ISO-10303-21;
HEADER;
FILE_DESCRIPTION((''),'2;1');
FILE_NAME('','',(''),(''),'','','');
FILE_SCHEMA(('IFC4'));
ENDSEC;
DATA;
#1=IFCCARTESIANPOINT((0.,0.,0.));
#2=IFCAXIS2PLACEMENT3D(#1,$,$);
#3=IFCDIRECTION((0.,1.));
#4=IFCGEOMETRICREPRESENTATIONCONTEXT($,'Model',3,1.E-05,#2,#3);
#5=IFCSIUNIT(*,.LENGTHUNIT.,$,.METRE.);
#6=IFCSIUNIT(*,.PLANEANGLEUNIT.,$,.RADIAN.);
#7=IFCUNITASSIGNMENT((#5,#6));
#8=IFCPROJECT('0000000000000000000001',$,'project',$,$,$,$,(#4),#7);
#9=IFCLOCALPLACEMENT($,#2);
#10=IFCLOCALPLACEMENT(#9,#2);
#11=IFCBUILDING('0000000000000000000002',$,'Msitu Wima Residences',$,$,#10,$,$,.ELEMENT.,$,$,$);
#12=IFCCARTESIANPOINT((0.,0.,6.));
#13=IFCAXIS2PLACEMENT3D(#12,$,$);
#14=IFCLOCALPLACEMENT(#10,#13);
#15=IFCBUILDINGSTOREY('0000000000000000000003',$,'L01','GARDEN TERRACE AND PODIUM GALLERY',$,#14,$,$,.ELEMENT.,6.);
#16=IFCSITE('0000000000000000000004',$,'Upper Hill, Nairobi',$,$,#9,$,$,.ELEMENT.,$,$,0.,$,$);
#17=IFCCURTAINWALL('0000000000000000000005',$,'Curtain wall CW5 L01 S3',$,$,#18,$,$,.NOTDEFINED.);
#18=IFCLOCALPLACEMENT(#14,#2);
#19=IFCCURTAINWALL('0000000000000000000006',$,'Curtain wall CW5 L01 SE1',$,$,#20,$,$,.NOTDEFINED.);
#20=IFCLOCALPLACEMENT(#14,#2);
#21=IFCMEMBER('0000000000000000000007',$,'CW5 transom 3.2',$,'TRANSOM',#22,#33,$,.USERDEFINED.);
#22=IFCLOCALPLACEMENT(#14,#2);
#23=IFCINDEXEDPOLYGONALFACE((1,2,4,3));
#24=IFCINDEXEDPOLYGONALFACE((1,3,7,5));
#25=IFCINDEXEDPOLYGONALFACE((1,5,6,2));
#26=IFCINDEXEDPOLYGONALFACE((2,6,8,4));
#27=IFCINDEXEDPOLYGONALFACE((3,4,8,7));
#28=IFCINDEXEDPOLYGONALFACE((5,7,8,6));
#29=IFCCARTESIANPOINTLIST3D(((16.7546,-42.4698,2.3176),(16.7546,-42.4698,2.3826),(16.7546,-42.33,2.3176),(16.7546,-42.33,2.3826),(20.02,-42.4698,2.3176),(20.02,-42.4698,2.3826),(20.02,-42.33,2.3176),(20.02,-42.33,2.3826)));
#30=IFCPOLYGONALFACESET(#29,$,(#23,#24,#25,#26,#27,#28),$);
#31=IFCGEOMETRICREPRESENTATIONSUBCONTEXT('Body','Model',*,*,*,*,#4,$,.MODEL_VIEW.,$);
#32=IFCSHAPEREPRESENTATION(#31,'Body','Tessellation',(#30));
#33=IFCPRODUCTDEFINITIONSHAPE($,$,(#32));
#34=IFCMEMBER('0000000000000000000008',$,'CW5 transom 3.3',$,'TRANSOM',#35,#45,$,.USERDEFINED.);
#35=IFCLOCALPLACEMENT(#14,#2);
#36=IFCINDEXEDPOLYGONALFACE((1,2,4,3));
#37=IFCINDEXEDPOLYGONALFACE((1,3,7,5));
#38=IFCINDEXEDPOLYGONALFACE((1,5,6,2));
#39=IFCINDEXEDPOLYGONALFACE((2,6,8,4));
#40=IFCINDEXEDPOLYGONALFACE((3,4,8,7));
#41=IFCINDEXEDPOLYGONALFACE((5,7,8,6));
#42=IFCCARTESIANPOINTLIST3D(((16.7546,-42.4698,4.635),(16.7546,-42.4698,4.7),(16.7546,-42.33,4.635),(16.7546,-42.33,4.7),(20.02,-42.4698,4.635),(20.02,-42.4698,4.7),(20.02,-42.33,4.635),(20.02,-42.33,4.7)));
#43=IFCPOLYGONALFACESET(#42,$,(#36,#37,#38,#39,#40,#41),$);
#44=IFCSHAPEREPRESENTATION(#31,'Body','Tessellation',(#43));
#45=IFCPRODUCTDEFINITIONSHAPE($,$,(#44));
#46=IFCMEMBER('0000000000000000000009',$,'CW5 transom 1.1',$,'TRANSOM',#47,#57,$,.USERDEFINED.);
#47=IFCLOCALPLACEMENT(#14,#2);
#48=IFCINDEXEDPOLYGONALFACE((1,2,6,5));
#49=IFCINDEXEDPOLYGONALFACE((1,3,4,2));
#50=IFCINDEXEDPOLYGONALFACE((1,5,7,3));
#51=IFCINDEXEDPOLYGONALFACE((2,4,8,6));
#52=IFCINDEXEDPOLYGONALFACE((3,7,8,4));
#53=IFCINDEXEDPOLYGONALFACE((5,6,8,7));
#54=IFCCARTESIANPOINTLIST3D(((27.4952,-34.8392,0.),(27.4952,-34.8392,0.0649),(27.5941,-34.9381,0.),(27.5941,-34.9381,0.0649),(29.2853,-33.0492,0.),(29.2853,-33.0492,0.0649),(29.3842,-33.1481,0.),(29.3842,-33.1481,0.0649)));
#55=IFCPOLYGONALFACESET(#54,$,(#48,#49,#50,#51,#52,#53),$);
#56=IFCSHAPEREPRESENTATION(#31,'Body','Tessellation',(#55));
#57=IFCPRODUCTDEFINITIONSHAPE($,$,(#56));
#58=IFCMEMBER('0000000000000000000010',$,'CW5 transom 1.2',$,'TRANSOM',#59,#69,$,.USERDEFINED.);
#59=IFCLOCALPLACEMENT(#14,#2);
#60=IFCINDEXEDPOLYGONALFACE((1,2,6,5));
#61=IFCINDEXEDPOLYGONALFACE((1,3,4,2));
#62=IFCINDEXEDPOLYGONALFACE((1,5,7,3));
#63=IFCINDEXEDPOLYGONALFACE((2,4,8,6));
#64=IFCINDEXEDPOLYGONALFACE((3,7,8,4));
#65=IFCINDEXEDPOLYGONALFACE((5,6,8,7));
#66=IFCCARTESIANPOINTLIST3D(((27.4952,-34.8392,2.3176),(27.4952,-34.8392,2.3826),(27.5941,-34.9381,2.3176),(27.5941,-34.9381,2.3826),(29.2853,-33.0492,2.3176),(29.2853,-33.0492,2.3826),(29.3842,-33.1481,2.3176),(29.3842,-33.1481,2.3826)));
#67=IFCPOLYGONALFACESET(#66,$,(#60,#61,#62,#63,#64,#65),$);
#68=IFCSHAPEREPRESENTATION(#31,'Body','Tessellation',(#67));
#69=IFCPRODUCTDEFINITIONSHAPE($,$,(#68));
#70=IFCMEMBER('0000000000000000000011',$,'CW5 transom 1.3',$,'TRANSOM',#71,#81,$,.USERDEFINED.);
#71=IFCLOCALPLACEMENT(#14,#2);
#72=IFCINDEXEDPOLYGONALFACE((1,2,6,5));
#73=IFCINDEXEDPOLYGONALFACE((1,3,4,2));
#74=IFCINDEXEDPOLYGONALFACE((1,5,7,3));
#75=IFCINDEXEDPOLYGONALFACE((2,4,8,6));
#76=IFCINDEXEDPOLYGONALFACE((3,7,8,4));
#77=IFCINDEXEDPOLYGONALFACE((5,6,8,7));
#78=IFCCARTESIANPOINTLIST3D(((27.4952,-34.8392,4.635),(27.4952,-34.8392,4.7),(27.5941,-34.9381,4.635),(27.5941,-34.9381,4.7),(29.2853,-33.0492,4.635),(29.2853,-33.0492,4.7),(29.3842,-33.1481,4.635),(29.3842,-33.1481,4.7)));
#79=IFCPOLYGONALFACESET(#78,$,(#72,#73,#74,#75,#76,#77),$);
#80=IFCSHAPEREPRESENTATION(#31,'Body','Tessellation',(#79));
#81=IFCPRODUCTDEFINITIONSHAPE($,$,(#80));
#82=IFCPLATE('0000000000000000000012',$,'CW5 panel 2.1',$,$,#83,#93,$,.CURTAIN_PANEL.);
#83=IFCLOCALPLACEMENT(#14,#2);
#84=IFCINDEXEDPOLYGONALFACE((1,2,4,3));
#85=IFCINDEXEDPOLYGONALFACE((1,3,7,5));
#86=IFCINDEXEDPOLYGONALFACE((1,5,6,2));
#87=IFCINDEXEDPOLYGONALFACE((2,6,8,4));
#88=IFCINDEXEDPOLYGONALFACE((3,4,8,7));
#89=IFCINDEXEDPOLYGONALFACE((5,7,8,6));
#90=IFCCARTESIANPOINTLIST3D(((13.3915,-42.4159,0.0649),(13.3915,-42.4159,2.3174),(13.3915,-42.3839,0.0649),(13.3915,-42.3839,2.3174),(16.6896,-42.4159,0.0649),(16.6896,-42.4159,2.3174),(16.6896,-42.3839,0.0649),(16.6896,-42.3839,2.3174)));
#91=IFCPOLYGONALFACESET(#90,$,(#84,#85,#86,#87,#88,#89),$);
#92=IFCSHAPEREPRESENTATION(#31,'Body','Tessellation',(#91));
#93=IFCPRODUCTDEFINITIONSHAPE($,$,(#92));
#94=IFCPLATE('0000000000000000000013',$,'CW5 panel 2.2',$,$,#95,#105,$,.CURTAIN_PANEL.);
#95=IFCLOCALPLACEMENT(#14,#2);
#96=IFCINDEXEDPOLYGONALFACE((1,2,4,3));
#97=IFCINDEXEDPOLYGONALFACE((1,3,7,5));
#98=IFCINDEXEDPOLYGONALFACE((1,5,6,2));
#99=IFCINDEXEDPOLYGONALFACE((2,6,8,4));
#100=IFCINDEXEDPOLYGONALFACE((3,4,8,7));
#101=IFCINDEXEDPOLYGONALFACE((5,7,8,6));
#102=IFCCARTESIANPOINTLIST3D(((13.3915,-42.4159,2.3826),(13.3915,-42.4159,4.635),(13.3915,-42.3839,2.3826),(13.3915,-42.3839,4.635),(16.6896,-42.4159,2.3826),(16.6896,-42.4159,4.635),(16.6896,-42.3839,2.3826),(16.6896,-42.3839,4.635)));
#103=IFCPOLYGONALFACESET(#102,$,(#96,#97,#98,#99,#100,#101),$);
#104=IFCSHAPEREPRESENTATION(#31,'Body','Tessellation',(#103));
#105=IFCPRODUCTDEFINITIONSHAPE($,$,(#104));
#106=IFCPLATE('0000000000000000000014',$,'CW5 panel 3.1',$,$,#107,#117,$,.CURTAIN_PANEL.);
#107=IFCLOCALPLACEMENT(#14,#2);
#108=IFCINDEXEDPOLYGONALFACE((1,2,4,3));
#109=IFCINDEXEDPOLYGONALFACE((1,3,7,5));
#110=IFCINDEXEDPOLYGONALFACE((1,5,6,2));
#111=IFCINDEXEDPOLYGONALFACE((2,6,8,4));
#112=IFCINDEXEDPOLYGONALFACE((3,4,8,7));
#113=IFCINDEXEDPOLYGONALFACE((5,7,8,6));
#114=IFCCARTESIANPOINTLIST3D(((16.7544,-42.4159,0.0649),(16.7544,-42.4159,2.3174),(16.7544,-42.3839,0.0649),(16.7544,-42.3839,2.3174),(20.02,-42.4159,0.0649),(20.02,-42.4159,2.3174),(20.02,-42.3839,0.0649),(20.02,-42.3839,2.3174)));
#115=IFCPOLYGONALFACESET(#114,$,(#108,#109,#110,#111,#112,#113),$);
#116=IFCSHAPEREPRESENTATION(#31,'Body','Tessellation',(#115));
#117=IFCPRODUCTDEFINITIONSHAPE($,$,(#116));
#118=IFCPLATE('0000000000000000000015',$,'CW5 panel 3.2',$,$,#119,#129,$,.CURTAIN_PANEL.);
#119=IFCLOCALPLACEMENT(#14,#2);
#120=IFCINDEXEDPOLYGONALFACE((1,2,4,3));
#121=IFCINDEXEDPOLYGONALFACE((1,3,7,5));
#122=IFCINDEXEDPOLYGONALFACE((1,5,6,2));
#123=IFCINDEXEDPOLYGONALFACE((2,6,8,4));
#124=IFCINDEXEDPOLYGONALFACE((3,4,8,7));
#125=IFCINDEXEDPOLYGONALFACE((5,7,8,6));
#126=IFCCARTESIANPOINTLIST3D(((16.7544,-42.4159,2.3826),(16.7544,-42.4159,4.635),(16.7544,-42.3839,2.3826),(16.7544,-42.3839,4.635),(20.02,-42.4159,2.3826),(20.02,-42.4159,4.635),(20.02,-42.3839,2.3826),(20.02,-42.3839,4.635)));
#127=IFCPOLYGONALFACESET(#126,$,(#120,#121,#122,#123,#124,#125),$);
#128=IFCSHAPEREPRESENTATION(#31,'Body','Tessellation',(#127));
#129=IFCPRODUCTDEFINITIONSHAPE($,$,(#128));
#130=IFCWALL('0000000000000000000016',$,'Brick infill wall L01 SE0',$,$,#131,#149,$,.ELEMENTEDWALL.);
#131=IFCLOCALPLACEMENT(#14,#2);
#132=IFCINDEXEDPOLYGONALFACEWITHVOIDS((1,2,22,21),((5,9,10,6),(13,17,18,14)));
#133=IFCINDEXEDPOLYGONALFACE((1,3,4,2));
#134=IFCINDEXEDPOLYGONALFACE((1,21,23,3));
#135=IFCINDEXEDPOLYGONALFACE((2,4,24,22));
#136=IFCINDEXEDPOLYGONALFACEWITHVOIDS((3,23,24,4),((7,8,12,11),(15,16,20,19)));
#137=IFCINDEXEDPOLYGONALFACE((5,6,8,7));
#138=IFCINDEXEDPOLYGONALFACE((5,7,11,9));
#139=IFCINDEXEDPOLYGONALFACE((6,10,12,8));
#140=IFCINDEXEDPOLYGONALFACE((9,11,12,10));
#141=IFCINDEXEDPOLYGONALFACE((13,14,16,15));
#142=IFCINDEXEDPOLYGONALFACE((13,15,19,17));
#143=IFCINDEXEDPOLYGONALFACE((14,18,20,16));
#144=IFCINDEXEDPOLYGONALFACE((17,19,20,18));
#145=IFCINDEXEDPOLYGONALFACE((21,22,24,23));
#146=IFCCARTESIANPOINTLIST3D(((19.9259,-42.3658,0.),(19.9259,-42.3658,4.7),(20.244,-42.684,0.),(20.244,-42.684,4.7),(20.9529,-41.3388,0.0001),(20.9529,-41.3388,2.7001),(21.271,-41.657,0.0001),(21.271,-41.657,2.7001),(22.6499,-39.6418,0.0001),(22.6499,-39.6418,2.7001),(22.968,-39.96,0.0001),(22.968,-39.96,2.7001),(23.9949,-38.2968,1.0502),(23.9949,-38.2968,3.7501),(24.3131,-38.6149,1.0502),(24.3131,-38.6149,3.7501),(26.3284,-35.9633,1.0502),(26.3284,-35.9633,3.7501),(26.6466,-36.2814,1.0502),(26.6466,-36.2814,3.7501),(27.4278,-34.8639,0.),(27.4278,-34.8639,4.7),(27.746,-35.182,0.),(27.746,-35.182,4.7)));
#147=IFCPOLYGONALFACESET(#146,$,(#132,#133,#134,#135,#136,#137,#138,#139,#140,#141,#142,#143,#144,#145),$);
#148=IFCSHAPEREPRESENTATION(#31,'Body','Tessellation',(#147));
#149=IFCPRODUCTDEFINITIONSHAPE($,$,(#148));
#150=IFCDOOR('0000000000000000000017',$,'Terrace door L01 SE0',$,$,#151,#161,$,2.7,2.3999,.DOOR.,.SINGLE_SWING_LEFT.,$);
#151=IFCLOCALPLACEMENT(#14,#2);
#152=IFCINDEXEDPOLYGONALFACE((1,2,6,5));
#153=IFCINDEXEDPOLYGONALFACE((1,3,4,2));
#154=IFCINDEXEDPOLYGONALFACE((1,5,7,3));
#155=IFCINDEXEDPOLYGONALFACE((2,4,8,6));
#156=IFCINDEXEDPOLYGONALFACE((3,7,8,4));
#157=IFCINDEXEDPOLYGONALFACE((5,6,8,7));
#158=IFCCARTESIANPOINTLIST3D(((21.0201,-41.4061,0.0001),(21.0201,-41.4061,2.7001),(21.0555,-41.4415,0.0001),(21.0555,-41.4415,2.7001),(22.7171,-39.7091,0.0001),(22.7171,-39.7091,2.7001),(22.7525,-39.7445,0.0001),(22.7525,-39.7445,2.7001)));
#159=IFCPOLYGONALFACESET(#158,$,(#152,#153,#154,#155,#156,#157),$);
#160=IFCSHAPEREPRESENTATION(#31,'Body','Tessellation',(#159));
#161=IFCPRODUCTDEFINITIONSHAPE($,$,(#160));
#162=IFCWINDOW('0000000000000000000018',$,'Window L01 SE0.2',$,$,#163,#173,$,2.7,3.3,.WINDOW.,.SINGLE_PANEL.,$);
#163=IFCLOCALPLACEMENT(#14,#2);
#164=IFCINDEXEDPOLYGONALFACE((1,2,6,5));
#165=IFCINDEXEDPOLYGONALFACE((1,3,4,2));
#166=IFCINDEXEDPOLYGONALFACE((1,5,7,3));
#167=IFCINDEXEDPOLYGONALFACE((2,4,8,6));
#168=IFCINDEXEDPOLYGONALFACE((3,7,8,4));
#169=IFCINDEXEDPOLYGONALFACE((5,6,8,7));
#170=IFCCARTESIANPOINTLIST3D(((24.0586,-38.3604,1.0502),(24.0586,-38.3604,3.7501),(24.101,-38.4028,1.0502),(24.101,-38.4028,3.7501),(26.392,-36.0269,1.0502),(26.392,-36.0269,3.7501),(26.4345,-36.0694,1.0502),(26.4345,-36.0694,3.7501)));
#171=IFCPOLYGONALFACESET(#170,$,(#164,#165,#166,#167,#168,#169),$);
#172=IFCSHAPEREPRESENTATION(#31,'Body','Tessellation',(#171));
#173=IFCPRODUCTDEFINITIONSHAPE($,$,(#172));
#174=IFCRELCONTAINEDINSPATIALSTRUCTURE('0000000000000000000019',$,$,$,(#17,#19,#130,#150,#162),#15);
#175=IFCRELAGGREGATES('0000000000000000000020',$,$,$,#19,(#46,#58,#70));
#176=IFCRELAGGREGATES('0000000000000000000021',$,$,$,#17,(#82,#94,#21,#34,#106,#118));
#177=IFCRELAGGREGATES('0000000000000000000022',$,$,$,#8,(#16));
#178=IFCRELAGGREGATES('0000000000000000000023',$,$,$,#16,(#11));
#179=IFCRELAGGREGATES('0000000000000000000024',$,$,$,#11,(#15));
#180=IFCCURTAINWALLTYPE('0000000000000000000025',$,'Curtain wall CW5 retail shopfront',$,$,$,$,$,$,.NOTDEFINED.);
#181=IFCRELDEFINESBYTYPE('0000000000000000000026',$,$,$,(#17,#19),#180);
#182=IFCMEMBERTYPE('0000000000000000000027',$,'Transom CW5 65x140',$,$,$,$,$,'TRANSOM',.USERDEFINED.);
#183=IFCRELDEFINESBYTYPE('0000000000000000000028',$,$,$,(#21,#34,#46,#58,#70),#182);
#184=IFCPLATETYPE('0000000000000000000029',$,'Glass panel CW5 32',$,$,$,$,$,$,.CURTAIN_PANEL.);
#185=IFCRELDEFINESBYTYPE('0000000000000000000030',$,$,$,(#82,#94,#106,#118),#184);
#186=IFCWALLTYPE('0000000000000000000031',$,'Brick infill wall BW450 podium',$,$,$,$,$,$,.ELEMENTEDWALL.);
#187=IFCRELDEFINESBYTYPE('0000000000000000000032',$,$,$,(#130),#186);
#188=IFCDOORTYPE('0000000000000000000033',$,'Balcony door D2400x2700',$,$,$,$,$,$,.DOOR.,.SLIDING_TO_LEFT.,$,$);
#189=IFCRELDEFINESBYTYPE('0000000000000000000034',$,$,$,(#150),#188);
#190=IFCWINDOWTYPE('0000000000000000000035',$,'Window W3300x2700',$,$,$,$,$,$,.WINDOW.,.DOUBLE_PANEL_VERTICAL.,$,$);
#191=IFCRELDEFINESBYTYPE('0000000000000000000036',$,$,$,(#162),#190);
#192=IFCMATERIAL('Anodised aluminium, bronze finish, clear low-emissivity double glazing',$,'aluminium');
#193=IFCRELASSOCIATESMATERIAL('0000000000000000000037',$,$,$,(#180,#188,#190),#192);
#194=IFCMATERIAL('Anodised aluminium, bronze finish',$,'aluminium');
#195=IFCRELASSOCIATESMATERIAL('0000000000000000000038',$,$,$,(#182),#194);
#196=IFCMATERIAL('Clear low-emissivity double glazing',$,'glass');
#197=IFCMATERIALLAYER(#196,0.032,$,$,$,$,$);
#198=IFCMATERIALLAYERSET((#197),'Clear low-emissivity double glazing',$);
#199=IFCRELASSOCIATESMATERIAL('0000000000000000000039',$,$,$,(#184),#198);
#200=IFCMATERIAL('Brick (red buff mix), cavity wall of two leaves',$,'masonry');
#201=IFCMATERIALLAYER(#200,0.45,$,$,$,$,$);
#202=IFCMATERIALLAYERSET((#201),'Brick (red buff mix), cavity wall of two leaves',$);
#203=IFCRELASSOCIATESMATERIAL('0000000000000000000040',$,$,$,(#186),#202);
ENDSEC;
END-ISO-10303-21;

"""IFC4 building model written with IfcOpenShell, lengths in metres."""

from ifc_helpers import new_model, si_unit, direction, frame, frame_2d, origin, origin_2d, place, context, subcontext, project, spatial, rectangle, extrude, material, layer, layer_set, material_profile, profile_set, type_object, element, fill, aggregate, save


model = new_model("IFC4")

# Units and contexts
model_context = context("Model", 3, precision=1e-05, world=origin(), true_north=direction((0.0, 1.0)))
body_context = subcontext(model_context, "Body", "Model", "MODEL_VIEW")
ifc_project = project(units=[si_unit("LENGTHUNIT", "METRE"), si_unit("PLANEANGLEUNIT", "RADIAN")], contexts=[model_context])

# Site, building, storey
site_placement = place(None, origin())
site = spatial("IfcSite", under=ifc_project, at=site_placement, Name="Upper Hill, Nairobi", CompositionType="ELEMENT", RefElevation=0.0)
building_placement = place(site_placement, origin())
building = spatial("IfcBuilding", under=site, at=building_placement, Name="Msitu Wima Residences", CompositionType="ELEMENT")
storey_placement = place(building_placement, frame((0.0, 0.0, 6.0)))
storey = spatial("IfcBuildingStorey", under=building, at=storey_placement, Name="L01", Description="GARDEN TERRACE AND PODIUM GALLERY", CompositionType="ELEMENT", Elevation=6.0)

# Curtain wall
ifc_material_1 = material(Name="Anodised aluminium, bronze finish, clear low-emissivity double glazing", Category="aluminium")
curtain_wall_type = type_object("IfcCurtainWallType", Name="Curtain wall CW5 retail shopfront", PredefinedType="NOTDEFINED", material=ifc_material_1)
curtain_wall_1_placement = place(storey_placement, origin())
curtain_wall_1 = element("IfcCurtainWall", 1, at=curtain_wall_1_placement, inside=storey, type_object=curtain_wall_type, Name="Curtain wall CW5 L01 S3", PredefinedType="NOTDEFINED")
ifc_material_2 = material(Name="Anodised aluminium, bronze finish", Category="aluminium")

# Curtain wall
curtain_wall_2_placement = place(storey_placement, origin())
curtain_wall_2 = element("IfcCurtainWall", 2, at=curtain_wall_2_placement, inside=storey, type_object=curtain_wall_type, Name="Curtain wall CW5 L01 SE1", PredefinedType="NOTDEFINED")

# Members
ifc_material_profile_1 = material_profile(ifc_material_2, rectangle(XDim=0.1399, YDim=0.0649, at=origin_2d()), Name="Transom 65x140")
ifc_profile_set_1 = profile_set([ifc_material_profile_1], Name="Anodised aluminium, bronze finish")
member_type_1 = type_object("IfcMemberType", Name="Transom CW5 65x140", ElementType="TRANSOM", PredefinedType="USERDEFINED", material=ifc_profile_set_1)
member_1_placement = place(storey_placement, frame((16.7546, -42.3999, 2.3501), z_axis=(1.0, 0.0, 0.0), x_axis=(0.0, 1.0, 0.0)))
member_1 = element("IfcMember", 3, at=member_1_placement, type_object=member_type_1, Name="CW5 transom 3.2", ObjectType="TRANSOM", PredefinedType="USERDEFINED", context=body_context, shape_type="SweptSolid", body=[
    extrude(rectangle(XDim=0.1399, YDim=0.0649, at=origin_2d()), origin(), (0.0, 0.0, 1.0), 3.2654),
])
member_2_placement = place(storey_placement, frame((16.7546, -42.3999, 4.6675), z_axis=(1.0, 0.0, 0.0), x_axis=(0.0, 1.0, 0.0)))
member_2 = element("IfcMember", 4, at=member_2_placement, type_object=member_type_1, Name="CW5 transom 3.3", ObjectType="TRANSOM", PredefinedType="USERDEFINED", context=body_context, shape_type="SweptSolid", body=[
    extrude(rectangle(XDim=0.1399, YDim=0.0649, at=origin_2d()), origin(), (0.0, 0.0, 1.0), 3.2654),
])
member_3_placement = place(storey_placement, frame((27.5447, -34.8887, 0.0325), z_axis=(0.707107, 0.707107, 0.0), x_axis=(-0.707107, 0.707107, 0.0)))
member_3 = element("IfcMember", 5, at=member_3_placement, type_object=member_type_1, Name="CW5 transom 1.1", ObjectType="TRANSOM", PredefinedType="USERDEFINED", context=body_context, shape_type="SweptSolid", body=[
    extrude(rectangle(XDim=0.1399, YDim=0.0649, at=origin_2d()), origin(), (0.0, 0.0, 1.0), 2.5315),
])
member_4_placement = place(storey_placement, frame((27.5447, -34.8887, 2.3501), z_axis=(0.707107, 0.707107, 0.0), x_axis=(-0.707107, 0.707107, 0.0)))
member_4 = element("IfcMember", 6, at=member_4_placement, type_object=member_type_1, Name="CW5 transom 1.2", ObjectType="TRANSOM", PredefinedType="USERDEFINED", context=body_context, shape_type="SweptSolid", body=[
    extrude(rectangle(XDim=0.1399, YDim=0.0649, at=origin_2d()), origin(), (0.0, 0.0, 1.0), 2.5315),
])
member_5_placement = place(storey_placement, frame((27.5447, -34.8887, 4.6675), z_axis=(0.707107, 0.707107, 0.0), x_axis=(-0.707107, 0.707107, 0.0)))
member_5 = element("IfcMember", 7, at=member_5_placement, type_object=member_type_1, Name="CW5 transom 1.3", ObjectType="TRANSOM", PredefinedType="USERDEFINED", context=body_context, shape_type="SweptSolid", body=[
    extrude(rectangle(XDim=0.1399, YDim=0.0649, at=origin_2d()), origin(), (0.0, 0.0, 1.0), 2.5315),
])
aggregate(curtain_wall_2, [member_3, member_4, member_5])

# Plates
ifc_material_3 = material(Name="Clear low-emissivity double glazing", Category="glass")
ifc_layer_1 = layer(ifc_material_3, 0.032)
ifc_layer_set_1 = layer_set([ifc_layer_1], Name="Clear low-emissivity double glazing")
plate_type = type_object("IfcPlateType", Name="Glass panel CW5 32", PredefinedType="CURTAIN_PANEL", material=ifc_layer_set_1)
plate_1_placement = place(storey_placement, frame((15.0405, -42.3999, 0.0649), z_axis=(0.0, 0.0, 1.0), x_axis=(1.0, 0.0, 0.0)))
plate_1 = element("IfcPlate", 8, at=plate_1_placement, type_object=plate_type, Name="CW5 panel 2.1", PredefinedType="CURTAIN_PANEL", context=body_context, shape_type="SweptSolid", body=[
    extrude(rectangle(XDim=3.2981, YDim=0.032, at=origin_2d()), origin(), (0.0, 0.0, 1.0), 2.2524),
])
plate_2_placement = place(storey_placement, frame((15.0405, -42.3999, 2.3826), z_axis=(0.0, 0.0, 1.0), x_axis=(1.0, 0.0, 0.0)))
plate_2 = element("IfcPlate", 9, at=plate_2_placement, type_object=plate_type, Name="CW5 panel 2.2", PredefinedType="CURTAIN_PANEL", context=body_context, shape_type="SweptSolid", body=[
    extrude(rectangle(XDim=3.2981, YDim=0.032, at=origin_2d()), origin(), (0.0, 0.0, 1.0), 2.2524),
])
plate_3_placement = place(storey_placement, frame((18.3872, -42.3999, 0.0649), z_axis=(0.0, 0.0, 1.0), x_axis=(1.0, 0.0, 0.0)))
plate_3 = element("IfcPlate", 10, at=plate_3_placement, type_object=plate_type, Name="CW5 panel 3.1", PredefinedType="CURTAIN_PANEL", context=body_context, shape_type="SweptSolid", body=[
    extrude(rectangle(XDim=3.2656, YDim=0.032, at=origin_2d()), origin(), (0.0, 0.0, 1.0), 2.2524),
])
plate_4_placement = place(storey_placement, frame((18.3872, -42.3999, 2.3826), z_axis=(0.0, 0.0, 1.0), x_axis=(1.0, 0.0, 0.0)))
plate_4 = element("IfcPlate", 11, at=plate_4_placement, type_object=plate_type, Name="CW5 panel 3.2", PredefinedType="CURTAIN_PANEL", context=body_context, shape_type="SweptSolid", body=[
    extrude(rectangle(XDim=3.2656, YDim=0.032, at=origin_2d()), origin(), (0.0, 0.0, 1.0), 2.2524),
])
aggregate(curtain_wall_1, [plate_1, plate_2, member_1, member_2, plate_3, plate_4])

# Wall, openings, door, window
ifc_material_4 = material(Name="Brick (red buff mix), cavity wall of two leaves", Category="masonry")
ifc_layer_2 = layer(ifc_material_4, 0.45)
ifc_layer_set_2 = layer_set([ifc_layer_2], Name="Brick (red buff mix), cavity wall of two leaves")
wall_type_1 = type_object("IfcWallType", Name="Brick infill wall BW450 podium", PredefinedType="ELEMENTEDWALL", material=ifc_layer_set_2)
wall_1_placement = place(storey_placement, frame((20.085, -42.5249, 0.0), z_axis=(0.0, 0.0, 1.0), x_axis=(0.707107, 0.707107, 0.0)))
wall_1 = element("IfcWall", 12, at=wall_1_placement, inside=storey, type_object=wall_type_1, Name="Brick infill wall L01 SE0", PredefinedType="ELEMENTEDWALL", context=body_context, shape_type="SweptSolid", body=[
    extrude(rectangle(XDim=10.6094, YDim=0.45, at=frame_2d((5.3047, 0.0))), origin(), (0.0, 0.0, 1.0), 4.7),
])
opening_1_placement = place(wall_1_placement, frame((1.4524, 0.0, 0.0)))
opening_1 = element("IfcOpeningElement", 13, at=opening_1_placement, cuts=wall_1, PredefinedType="OPENING", context=body_context, shape_type="SweptSolid", body=[
    extrude(rectangle(XDim=2.3999, YDim=2.7, at=frame_2d((1.2, 1.3501))), frame((0.0, 0.2349, 0.0), z_axis=(0.0, -1.0, 0.0), x_axis=(1.0, 0.0, 0.0)), (0.0, 0.0, 1.0), 0.47),
])
opening_2_placement = place(wall_1_placement, frame((5.7546, 0.0, 1.05)))
opening_2 = element("IfcOpeningElement", 14, at=opening_2_placement, cuts=wall_1, PredefinedType="OPENING", context=body_context, shape_type="SweptSolid", body=[
    extrude(rectangle(XDim=3.3, YDim=2.7, at=frame_2d((1.6499, 1.3501))), frame((0.0, 0.2349, 0.0), z_axis=(0.0, -1.0, 0.0), x_axis=(1.0, 0.0, 0.0)), (0.0, 0.0, 1.0), 0.47),
])
door_type_1 = type_object("IfcDoorType", Name="Balcony door D2400x2700", OperationType="SLIDING_TO_LEFT", PredefinedType="DOOR", material=ifc_material_1)
door_1_placement = place(opening_1_placement, origin())
door_1 = element("IfcDoor", 15, at=door_1_placement, inside=storey, type_object=door_type_1, Name="Terrace door L01 SE0", OperationType="SINGLE_SWING_LEFT", OverallHeight=2.7, OverallWidth=2.3999, PredefinedType="DOOR", context=body_context, shape_type="SweptSolid", body=[
    extrude(rectangle(XDim=2.3999, YDim=2.7, at=frame_2d((1.2, 1.3501))), frame((0.0, 0.1299, 0.0), z_axis=(0.0, -1.0, 0.0), x_axis=(1.0, 0.0, 0.0)), (0.0, 0.0, 1.0), 0.05),
])
fill(opening_1, door_1)
window_type = type_object("IfcWindowType", Name="Window W3300x2700", PartitioningType="DOUBLE_PANEL_VERTICAL", PredefinedType="WINDOW", material=ifc_material_1)
window_placement = place(opening_2_placement, origin())
window = element("IfcWindow", 16, at=window_placement, inside=storey, type_object=window_type, Name="Window L01 SE0.2", OverallHeight=2.7, OverallWidth=3.3, PartitioningType="SINGLE_PANEL", PredefinedType="WINDOW", context=body_context, shape_type="SweptSolid", body=[
    extrude(rectangle(XDim=3.3, YDim=2.7, at=frame_2d((1.6499, 1.3501))), frame((0.0, 0.135, 0.0), z_axis=(0.0, -1.0, 0.0), x_axis=(1.0, 0.0, 0.0)), (0.0, 0.0, 1.0), 0.0601),
])
fill(opening_2, window)

save(model, "model.ifc")
